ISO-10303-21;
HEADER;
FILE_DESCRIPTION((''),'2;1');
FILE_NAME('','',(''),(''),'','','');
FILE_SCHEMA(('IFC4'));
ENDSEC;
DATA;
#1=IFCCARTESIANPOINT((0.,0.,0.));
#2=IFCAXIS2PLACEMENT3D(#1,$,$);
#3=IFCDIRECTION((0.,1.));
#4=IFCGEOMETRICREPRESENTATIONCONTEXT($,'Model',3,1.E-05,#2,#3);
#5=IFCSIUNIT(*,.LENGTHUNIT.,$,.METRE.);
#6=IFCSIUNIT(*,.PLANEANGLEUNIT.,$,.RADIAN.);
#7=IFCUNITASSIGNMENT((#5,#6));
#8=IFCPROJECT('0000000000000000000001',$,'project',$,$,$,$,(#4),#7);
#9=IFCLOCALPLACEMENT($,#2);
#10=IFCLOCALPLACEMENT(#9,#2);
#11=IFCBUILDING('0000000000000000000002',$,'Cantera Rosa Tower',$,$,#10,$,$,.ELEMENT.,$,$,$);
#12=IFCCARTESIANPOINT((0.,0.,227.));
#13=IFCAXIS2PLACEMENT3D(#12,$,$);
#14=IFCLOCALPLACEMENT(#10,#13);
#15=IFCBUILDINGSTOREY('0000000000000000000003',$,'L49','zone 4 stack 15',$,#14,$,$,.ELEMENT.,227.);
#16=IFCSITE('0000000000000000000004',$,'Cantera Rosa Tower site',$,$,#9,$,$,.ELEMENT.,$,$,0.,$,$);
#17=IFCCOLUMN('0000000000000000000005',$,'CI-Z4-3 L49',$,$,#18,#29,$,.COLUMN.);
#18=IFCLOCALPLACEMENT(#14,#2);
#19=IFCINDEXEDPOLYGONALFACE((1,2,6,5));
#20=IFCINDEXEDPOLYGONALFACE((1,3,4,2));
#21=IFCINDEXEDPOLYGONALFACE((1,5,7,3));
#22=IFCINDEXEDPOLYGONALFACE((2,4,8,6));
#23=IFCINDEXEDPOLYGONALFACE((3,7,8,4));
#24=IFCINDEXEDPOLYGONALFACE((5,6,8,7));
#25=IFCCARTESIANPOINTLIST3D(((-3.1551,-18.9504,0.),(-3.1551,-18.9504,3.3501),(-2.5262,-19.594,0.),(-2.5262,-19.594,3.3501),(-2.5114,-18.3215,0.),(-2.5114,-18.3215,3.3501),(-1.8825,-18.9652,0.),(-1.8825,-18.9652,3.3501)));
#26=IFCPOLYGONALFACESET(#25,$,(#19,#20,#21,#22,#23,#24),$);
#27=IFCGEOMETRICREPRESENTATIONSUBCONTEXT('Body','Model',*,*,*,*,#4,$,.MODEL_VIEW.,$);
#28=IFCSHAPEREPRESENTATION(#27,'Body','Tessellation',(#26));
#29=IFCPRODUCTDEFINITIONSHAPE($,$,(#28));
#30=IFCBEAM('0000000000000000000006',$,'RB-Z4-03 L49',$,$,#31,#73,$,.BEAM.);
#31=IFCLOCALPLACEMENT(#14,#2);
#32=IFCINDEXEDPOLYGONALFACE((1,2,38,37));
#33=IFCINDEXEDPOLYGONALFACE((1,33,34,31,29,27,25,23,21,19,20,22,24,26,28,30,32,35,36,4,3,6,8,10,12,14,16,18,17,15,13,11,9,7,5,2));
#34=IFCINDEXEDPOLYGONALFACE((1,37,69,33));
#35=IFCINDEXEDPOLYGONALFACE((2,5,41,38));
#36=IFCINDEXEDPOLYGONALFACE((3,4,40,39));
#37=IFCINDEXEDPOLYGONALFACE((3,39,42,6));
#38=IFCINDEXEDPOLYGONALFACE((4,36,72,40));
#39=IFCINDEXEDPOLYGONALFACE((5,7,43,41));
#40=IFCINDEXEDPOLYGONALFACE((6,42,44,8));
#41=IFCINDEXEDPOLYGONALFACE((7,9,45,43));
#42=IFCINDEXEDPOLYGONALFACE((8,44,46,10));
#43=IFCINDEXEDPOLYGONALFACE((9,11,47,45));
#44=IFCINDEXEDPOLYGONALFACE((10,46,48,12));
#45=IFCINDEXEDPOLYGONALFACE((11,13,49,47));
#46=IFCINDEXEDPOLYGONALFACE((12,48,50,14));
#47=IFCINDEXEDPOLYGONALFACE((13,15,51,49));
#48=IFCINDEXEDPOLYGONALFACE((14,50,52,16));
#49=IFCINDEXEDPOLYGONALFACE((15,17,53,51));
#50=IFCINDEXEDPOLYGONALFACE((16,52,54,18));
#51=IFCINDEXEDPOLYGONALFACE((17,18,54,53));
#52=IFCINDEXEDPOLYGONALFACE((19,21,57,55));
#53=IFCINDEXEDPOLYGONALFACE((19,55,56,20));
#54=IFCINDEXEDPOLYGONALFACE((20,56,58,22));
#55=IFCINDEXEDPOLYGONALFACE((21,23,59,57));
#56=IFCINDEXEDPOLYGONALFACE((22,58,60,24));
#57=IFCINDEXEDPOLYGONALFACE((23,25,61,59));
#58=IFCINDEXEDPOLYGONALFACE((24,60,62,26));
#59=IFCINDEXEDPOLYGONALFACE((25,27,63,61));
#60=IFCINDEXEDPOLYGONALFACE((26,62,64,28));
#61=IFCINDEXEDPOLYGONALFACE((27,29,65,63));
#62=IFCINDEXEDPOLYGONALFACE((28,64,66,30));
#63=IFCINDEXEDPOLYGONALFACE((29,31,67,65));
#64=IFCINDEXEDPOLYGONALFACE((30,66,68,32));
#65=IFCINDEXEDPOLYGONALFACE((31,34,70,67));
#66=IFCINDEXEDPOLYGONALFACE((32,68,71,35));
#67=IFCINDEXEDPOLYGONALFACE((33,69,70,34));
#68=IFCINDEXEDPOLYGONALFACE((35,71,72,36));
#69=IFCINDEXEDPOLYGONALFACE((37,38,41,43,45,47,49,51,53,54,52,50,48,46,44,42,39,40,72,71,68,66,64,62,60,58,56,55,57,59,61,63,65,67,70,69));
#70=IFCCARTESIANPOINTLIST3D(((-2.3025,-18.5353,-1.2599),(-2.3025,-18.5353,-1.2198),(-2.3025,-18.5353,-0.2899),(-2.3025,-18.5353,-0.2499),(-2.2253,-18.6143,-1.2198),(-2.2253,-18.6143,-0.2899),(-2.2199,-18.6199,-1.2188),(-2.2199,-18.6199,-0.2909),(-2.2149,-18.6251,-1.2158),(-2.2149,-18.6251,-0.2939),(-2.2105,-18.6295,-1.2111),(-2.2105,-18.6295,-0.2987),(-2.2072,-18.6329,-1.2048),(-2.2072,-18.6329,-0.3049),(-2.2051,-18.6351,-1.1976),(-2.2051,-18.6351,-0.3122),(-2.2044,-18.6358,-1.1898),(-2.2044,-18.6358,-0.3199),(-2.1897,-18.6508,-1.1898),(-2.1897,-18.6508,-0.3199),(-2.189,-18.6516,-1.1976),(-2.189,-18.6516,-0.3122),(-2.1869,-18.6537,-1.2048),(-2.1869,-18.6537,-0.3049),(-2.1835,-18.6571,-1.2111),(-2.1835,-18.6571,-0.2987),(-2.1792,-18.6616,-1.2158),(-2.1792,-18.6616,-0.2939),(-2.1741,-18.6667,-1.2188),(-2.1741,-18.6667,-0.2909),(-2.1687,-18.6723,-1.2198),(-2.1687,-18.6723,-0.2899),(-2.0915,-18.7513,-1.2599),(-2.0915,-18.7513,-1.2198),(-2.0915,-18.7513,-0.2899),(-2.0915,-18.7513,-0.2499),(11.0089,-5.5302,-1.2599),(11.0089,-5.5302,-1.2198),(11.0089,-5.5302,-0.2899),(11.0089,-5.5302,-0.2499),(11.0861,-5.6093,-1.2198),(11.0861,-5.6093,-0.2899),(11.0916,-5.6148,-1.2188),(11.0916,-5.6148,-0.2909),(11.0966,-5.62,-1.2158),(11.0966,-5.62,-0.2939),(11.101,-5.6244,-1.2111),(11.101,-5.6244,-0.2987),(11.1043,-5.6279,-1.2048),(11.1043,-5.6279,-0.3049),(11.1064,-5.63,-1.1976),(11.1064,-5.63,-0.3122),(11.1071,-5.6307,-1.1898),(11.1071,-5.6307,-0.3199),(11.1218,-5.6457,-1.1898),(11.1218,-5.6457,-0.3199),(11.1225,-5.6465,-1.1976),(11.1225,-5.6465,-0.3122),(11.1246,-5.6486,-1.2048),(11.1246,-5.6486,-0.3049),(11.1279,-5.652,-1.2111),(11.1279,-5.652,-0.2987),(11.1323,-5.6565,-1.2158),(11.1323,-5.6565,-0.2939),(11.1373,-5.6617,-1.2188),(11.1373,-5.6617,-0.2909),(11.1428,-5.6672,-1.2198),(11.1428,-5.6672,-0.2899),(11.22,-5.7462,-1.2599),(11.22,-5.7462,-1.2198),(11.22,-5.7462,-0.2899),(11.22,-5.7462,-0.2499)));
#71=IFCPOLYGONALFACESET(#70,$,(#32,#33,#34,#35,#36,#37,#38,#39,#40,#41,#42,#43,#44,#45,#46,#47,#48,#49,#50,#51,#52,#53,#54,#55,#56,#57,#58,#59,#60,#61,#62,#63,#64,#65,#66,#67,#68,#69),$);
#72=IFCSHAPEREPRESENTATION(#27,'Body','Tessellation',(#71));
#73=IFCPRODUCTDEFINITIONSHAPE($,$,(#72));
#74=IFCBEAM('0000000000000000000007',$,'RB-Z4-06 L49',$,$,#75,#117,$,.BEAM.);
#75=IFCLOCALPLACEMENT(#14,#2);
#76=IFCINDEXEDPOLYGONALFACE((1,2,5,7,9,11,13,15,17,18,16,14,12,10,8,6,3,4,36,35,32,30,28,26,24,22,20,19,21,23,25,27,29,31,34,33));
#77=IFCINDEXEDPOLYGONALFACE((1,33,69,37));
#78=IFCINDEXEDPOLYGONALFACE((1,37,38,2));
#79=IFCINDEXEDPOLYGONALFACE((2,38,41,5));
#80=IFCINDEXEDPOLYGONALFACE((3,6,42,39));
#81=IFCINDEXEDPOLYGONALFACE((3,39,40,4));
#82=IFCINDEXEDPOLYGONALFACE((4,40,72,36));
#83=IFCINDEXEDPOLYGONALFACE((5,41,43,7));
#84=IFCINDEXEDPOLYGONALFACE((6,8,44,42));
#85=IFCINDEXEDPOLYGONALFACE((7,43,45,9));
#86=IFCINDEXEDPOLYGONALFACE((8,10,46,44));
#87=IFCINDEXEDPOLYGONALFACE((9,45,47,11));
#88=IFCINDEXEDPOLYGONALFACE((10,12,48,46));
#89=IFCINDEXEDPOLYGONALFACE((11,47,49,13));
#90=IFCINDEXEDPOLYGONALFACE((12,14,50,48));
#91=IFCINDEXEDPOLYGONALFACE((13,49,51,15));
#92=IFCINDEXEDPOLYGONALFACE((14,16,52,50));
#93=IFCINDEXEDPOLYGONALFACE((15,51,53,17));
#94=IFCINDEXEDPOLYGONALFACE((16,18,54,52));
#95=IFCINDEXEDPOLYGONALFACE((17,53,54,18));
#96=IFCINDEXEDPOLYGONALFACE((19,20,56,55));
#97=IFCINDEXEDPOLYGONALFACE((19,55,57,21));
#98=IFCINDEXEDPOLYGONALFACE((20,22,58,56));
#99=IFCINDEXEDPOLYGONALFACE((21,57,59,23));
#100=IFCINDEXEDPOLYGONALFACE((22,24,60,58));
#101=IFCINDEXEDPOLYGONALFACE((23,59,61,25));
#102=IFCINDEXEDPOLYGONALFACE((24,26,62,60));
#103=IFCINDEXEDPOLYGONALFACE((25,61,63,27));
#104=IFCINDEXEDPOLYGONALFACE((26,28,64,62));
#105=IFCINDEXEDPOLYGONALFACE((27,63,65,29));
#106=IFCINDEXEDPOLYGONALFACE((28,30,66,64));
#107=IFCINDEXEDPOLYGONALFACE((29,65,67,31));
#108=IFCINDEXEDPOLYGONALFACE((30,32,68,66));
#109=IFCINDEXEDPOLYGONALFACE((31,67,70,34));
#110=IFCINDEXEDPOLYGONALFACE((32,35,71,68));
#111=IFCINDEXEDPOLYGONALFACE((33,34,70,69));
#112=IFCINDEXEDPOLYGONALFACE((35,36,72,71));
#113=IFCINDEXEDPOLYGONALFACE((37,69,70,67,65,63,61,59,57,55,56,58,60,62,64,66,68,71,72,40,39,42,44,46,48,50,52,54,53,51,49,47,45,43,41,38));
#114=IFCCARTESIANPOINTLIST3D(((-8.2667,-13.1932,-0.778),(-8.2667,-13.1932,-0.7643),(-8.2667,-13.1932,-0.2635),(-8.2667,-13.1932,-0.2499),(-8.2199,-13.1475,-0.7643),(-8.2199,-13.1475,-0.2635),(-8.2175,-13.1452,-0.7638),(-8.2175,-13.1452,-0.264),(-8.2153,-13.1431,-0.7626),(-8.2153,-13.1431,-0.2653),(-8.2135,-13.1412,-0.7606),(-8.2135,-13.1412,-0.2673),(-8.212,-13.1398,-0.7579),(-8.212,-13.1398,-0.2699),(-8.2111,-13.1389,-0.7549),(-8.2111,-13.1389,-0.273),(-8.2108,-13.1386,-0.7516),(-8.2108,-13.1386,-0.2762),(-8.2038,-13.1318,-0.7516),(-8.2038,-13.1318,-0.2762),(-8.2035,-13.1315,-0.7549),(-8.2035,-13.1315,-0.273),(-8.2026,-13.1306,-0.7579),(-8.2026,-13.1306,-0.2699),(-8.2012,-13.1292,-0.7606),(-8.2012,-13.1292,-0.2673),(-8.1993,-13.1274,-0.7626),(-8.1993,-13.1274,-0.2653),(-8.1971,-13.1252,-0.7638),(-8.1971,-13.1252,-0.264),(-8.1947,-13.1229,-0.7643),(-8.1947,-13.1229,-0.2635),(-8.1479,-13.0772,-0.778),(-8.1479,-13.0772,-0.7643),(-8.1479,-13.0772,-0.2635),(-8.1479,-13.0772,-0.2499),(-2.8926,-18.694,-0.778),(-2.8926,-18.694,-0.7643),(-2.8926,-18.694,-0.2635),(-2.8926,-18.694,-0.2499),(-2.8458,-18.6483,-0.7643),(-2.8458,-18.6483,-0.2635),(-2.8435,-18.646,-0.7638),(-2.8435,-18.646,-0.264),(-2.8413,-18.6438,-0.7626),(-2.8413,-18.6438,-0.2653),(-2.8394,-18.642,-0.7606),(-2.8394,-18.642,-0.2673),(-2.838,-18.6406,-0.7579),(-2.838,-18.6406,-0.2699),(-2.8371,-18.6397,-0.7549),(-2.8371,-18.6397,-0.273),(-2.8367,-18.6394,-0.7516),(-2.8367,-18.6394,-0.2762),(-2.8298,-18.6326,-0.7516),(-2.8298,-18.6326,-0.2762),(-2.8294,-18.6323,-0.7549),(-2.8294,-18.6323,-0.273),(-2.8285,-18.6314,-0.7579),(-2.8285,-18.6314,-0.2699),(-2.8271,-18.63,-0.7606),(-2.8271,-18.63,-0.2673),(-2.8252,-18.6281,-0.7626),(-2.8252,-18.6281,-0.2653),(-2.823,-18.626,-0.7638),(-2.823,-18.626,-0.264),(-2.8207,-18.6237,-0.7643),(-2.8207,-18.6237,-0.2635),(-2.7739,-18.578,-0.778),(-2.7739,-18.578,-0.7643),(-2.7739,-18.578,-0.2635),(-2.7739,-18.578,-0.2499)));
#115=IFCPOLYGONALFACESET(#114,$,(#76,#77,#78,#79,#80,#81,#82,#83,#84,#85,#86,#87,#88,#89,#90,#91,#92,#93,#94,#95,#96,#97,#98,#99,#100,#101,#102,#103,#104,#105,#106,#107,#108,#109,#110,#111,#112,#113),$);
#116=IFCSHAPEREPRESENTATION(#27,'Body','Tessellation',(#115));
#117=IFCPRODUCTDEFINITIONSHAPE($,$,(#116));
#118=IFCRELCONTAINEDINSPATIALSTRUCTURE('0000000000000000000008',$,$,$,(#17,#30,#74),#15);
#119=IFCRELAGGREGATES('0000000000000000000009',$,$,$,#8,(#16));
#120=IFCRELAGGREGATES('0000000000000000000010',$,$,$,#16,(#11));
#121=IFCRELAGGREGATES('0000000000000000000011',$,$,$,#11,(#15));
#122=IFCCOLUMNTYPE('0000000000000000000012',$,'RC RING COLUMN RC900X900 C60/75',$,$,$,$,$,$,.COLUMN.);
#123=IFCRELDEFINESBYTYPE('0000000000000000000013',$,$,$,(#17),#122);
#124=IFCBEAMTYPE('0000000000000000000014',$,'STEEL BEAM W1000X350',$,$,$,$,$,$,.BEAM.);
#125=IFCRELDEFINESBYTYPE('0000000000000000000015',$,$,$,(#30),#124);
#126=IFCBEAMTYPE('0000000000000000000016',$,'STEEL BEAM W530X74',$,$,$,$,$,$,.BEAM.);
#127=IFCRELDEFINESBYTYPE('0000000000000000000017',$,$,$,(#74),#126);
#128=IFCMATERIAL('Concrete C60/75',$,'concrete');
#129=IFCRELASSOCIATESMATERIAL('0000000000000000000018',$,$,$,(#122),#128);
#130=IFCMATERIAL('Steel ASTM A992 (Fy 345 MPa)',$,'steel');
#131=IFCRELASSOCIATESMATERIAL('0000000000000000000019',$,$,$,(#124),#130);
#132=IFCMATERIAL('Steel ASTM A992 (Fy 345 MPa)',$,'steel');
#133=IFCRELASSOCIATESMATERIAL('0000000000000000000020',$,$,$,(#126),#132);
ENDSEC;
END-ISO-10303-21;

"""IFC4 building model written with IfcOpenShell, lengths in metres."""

from ifc_helpers import new_model, si_unit, direction, frame, origin, origin_2d, place, context, subcontext, project, spatial, rectangle, i_section, extrude, material, material_profile, profile_set, type_object, element, save


model = new_model("IFC4")

# Units and contexts
model_context = context("Model", 3, precision=1e-05, world=origin(), true_north=direction((0.0, 1.0)))
body_context = subcontext(model_context, "Body", "Model", "MODEL_VIEW")
ifc_project = project(units=[si_unit("LENGTHUNIT", "METRE"), si_unit("PLANEANGLEUNIT", "RADIAN")], contexts=[model_context])

# Site, building, storey
site_placement = place(None, origin())
site = spatial("IfcSite", under=ifc_project, at=site_placement, Name="Cantera Rosa Tower site", CompositionType="ELEMENT", RefElevation=0.0)
building_placement = place(site_placement, origin())
building = spatial("IfcBuilding", under=site, at=building_placement, Name="Cantera Rosa Tower", CompositionType="ELEMENT")
storey_placement = place(building_placement, frame((0.0, 0.0, 227.0)))
storey = spatial("IfcBuildingStorey", under=building, at=storey_placement, Name="L49", Description="zone 4 stack 15", CompositionType="ELEMENT", Elevation=227.0)

# Column
ifc_material_1 = material(Name="Concrete C60/75", Category="concrete")
ifc_material_profile_1 = material_profile(ifc_material_1, rectangle(XDim=0.8999, YDim=0.8999, at=origin_2d()), Name="RC RING COLUMN RC900X900 C60/75")
ifc_profile_set_1 = profile_set([ifc_material_profile_1], Name="Concrete C60/75")
column_type = type_object("IfcColumnType", Name="RC RING COLUMN RC900X900 C60/75", PredefinedType="COLUMN", material=ifc_profile_set_1)
column_placement = place(storey_placement, frame((-2.5188, -18.9578, 0.0), z_axis=(0.0, 0.0, 1.0), x_axis=(0.715286, 0.698832, 0.0)))
element("IfcColumn", 1, at=column_placement, inside=storey, type_object=column_type, Name="CI-Z4-3 L49", PredefinedType="COLUMN", context=body_context, shape_type="SweptSolid", body=[
    extrude(rectangle(XDim=0.8999, YDim=0.8999, at=origin_2d()), origin(), (0.0, 0.0, 1.0), 3.3501),
])

# Beams
ifc_material_2 = material(Name="Steel ASTM A992 (Fy 345 MPa)", Category="steel")
ifc_material_profile_2 = material_profile(ifc_material_2, i_section(OverallWidth=0.302, OverallDepth=1.01, WebThickness=0.021, FlangeThickness=0.04, FilletRadius=0.03, at=origin_2d()), Name="W1000X350")
ifc_profile_set_2 = profile_set([ifc_material_profile_2], Name="Steel ASTM A992 (Fy 345 MPa)")
beam_type_1 = type_object("IfcBeamType", Name="STEEL BEAM W1000X350", PredefinedType="BEAM", material=ifc_profile_set_2)
beam_1_placement = place(storey_placement, frame((-2.197, -18.6433, -0.7549), z_axis=(0.715291, 0.698827, 0.0), x_axis=(-0.698827, 0.715291, 0.0)))
element("IfcBeam", 2, at=beam_1_placement, inside=storey, type_object=beam_type_1, Name="RB-Z4-03 L49", PredefinedType="BEAM", context=body_context, shape_type="SweptSolid", body=[
    extrude(i_section(OverallWidth=0.302, OverallDepth=1.01, WebThickness=0.021, FlangeThickness=0.04, FilletRadius=0.03, at=origin_2d()), origin(), (0.0, 0.0, 1.0), 18.6099),
])
ifc_material_3 = material(Name="Steel ASTM A992 (Fy 345 MPa)", Category="steel")
ifc_material_profile_3 = material_profile(ifc_material_3, i_section(OverallWidth=0.166, OverallDepth=0.5281, WebThickness=0.0098, FlangeThickness=0.0137, FilletRadius=0.0127, at=origin_2d()), Name="W530X74")
ifc_profile_set_3 = profile_set([ifc_material_profile_3], Name="Steel ASTM A992 (Fy 345 MPa)")
beam_type_2 = type_object("IfcBeamType", Name="STEEL BEAM W530X74", PredefinedType="BEAM", material=ifc_profile_set_3)
beam_2_placement = place(storey_placement, frame((-2.8333, -18.636, -0.5139), z_axis=(-0.69882, 0.715297, 0.0), x_axis=(-0.715297, -0.69882, 0.0)))
element("IfcBeam", 3, at=beam_2_placement, inside=storey, type_object=beam_type_2, Name="RB-Z4-06 L49", PredefinedType="BEAM", context=body_context, shape_type="SweptSolid", body=[
    extrude(i_section(OverallWidth=0.166, OverallDepth=0.5281, WebThickness=0.0098, FlangeThickness=0.0137, FilletRadius=0.0127, at=origin_2d()), origin(), (0.0, 0.0, 1.0), 7.6902),
])

save(model, "model.ifc")
